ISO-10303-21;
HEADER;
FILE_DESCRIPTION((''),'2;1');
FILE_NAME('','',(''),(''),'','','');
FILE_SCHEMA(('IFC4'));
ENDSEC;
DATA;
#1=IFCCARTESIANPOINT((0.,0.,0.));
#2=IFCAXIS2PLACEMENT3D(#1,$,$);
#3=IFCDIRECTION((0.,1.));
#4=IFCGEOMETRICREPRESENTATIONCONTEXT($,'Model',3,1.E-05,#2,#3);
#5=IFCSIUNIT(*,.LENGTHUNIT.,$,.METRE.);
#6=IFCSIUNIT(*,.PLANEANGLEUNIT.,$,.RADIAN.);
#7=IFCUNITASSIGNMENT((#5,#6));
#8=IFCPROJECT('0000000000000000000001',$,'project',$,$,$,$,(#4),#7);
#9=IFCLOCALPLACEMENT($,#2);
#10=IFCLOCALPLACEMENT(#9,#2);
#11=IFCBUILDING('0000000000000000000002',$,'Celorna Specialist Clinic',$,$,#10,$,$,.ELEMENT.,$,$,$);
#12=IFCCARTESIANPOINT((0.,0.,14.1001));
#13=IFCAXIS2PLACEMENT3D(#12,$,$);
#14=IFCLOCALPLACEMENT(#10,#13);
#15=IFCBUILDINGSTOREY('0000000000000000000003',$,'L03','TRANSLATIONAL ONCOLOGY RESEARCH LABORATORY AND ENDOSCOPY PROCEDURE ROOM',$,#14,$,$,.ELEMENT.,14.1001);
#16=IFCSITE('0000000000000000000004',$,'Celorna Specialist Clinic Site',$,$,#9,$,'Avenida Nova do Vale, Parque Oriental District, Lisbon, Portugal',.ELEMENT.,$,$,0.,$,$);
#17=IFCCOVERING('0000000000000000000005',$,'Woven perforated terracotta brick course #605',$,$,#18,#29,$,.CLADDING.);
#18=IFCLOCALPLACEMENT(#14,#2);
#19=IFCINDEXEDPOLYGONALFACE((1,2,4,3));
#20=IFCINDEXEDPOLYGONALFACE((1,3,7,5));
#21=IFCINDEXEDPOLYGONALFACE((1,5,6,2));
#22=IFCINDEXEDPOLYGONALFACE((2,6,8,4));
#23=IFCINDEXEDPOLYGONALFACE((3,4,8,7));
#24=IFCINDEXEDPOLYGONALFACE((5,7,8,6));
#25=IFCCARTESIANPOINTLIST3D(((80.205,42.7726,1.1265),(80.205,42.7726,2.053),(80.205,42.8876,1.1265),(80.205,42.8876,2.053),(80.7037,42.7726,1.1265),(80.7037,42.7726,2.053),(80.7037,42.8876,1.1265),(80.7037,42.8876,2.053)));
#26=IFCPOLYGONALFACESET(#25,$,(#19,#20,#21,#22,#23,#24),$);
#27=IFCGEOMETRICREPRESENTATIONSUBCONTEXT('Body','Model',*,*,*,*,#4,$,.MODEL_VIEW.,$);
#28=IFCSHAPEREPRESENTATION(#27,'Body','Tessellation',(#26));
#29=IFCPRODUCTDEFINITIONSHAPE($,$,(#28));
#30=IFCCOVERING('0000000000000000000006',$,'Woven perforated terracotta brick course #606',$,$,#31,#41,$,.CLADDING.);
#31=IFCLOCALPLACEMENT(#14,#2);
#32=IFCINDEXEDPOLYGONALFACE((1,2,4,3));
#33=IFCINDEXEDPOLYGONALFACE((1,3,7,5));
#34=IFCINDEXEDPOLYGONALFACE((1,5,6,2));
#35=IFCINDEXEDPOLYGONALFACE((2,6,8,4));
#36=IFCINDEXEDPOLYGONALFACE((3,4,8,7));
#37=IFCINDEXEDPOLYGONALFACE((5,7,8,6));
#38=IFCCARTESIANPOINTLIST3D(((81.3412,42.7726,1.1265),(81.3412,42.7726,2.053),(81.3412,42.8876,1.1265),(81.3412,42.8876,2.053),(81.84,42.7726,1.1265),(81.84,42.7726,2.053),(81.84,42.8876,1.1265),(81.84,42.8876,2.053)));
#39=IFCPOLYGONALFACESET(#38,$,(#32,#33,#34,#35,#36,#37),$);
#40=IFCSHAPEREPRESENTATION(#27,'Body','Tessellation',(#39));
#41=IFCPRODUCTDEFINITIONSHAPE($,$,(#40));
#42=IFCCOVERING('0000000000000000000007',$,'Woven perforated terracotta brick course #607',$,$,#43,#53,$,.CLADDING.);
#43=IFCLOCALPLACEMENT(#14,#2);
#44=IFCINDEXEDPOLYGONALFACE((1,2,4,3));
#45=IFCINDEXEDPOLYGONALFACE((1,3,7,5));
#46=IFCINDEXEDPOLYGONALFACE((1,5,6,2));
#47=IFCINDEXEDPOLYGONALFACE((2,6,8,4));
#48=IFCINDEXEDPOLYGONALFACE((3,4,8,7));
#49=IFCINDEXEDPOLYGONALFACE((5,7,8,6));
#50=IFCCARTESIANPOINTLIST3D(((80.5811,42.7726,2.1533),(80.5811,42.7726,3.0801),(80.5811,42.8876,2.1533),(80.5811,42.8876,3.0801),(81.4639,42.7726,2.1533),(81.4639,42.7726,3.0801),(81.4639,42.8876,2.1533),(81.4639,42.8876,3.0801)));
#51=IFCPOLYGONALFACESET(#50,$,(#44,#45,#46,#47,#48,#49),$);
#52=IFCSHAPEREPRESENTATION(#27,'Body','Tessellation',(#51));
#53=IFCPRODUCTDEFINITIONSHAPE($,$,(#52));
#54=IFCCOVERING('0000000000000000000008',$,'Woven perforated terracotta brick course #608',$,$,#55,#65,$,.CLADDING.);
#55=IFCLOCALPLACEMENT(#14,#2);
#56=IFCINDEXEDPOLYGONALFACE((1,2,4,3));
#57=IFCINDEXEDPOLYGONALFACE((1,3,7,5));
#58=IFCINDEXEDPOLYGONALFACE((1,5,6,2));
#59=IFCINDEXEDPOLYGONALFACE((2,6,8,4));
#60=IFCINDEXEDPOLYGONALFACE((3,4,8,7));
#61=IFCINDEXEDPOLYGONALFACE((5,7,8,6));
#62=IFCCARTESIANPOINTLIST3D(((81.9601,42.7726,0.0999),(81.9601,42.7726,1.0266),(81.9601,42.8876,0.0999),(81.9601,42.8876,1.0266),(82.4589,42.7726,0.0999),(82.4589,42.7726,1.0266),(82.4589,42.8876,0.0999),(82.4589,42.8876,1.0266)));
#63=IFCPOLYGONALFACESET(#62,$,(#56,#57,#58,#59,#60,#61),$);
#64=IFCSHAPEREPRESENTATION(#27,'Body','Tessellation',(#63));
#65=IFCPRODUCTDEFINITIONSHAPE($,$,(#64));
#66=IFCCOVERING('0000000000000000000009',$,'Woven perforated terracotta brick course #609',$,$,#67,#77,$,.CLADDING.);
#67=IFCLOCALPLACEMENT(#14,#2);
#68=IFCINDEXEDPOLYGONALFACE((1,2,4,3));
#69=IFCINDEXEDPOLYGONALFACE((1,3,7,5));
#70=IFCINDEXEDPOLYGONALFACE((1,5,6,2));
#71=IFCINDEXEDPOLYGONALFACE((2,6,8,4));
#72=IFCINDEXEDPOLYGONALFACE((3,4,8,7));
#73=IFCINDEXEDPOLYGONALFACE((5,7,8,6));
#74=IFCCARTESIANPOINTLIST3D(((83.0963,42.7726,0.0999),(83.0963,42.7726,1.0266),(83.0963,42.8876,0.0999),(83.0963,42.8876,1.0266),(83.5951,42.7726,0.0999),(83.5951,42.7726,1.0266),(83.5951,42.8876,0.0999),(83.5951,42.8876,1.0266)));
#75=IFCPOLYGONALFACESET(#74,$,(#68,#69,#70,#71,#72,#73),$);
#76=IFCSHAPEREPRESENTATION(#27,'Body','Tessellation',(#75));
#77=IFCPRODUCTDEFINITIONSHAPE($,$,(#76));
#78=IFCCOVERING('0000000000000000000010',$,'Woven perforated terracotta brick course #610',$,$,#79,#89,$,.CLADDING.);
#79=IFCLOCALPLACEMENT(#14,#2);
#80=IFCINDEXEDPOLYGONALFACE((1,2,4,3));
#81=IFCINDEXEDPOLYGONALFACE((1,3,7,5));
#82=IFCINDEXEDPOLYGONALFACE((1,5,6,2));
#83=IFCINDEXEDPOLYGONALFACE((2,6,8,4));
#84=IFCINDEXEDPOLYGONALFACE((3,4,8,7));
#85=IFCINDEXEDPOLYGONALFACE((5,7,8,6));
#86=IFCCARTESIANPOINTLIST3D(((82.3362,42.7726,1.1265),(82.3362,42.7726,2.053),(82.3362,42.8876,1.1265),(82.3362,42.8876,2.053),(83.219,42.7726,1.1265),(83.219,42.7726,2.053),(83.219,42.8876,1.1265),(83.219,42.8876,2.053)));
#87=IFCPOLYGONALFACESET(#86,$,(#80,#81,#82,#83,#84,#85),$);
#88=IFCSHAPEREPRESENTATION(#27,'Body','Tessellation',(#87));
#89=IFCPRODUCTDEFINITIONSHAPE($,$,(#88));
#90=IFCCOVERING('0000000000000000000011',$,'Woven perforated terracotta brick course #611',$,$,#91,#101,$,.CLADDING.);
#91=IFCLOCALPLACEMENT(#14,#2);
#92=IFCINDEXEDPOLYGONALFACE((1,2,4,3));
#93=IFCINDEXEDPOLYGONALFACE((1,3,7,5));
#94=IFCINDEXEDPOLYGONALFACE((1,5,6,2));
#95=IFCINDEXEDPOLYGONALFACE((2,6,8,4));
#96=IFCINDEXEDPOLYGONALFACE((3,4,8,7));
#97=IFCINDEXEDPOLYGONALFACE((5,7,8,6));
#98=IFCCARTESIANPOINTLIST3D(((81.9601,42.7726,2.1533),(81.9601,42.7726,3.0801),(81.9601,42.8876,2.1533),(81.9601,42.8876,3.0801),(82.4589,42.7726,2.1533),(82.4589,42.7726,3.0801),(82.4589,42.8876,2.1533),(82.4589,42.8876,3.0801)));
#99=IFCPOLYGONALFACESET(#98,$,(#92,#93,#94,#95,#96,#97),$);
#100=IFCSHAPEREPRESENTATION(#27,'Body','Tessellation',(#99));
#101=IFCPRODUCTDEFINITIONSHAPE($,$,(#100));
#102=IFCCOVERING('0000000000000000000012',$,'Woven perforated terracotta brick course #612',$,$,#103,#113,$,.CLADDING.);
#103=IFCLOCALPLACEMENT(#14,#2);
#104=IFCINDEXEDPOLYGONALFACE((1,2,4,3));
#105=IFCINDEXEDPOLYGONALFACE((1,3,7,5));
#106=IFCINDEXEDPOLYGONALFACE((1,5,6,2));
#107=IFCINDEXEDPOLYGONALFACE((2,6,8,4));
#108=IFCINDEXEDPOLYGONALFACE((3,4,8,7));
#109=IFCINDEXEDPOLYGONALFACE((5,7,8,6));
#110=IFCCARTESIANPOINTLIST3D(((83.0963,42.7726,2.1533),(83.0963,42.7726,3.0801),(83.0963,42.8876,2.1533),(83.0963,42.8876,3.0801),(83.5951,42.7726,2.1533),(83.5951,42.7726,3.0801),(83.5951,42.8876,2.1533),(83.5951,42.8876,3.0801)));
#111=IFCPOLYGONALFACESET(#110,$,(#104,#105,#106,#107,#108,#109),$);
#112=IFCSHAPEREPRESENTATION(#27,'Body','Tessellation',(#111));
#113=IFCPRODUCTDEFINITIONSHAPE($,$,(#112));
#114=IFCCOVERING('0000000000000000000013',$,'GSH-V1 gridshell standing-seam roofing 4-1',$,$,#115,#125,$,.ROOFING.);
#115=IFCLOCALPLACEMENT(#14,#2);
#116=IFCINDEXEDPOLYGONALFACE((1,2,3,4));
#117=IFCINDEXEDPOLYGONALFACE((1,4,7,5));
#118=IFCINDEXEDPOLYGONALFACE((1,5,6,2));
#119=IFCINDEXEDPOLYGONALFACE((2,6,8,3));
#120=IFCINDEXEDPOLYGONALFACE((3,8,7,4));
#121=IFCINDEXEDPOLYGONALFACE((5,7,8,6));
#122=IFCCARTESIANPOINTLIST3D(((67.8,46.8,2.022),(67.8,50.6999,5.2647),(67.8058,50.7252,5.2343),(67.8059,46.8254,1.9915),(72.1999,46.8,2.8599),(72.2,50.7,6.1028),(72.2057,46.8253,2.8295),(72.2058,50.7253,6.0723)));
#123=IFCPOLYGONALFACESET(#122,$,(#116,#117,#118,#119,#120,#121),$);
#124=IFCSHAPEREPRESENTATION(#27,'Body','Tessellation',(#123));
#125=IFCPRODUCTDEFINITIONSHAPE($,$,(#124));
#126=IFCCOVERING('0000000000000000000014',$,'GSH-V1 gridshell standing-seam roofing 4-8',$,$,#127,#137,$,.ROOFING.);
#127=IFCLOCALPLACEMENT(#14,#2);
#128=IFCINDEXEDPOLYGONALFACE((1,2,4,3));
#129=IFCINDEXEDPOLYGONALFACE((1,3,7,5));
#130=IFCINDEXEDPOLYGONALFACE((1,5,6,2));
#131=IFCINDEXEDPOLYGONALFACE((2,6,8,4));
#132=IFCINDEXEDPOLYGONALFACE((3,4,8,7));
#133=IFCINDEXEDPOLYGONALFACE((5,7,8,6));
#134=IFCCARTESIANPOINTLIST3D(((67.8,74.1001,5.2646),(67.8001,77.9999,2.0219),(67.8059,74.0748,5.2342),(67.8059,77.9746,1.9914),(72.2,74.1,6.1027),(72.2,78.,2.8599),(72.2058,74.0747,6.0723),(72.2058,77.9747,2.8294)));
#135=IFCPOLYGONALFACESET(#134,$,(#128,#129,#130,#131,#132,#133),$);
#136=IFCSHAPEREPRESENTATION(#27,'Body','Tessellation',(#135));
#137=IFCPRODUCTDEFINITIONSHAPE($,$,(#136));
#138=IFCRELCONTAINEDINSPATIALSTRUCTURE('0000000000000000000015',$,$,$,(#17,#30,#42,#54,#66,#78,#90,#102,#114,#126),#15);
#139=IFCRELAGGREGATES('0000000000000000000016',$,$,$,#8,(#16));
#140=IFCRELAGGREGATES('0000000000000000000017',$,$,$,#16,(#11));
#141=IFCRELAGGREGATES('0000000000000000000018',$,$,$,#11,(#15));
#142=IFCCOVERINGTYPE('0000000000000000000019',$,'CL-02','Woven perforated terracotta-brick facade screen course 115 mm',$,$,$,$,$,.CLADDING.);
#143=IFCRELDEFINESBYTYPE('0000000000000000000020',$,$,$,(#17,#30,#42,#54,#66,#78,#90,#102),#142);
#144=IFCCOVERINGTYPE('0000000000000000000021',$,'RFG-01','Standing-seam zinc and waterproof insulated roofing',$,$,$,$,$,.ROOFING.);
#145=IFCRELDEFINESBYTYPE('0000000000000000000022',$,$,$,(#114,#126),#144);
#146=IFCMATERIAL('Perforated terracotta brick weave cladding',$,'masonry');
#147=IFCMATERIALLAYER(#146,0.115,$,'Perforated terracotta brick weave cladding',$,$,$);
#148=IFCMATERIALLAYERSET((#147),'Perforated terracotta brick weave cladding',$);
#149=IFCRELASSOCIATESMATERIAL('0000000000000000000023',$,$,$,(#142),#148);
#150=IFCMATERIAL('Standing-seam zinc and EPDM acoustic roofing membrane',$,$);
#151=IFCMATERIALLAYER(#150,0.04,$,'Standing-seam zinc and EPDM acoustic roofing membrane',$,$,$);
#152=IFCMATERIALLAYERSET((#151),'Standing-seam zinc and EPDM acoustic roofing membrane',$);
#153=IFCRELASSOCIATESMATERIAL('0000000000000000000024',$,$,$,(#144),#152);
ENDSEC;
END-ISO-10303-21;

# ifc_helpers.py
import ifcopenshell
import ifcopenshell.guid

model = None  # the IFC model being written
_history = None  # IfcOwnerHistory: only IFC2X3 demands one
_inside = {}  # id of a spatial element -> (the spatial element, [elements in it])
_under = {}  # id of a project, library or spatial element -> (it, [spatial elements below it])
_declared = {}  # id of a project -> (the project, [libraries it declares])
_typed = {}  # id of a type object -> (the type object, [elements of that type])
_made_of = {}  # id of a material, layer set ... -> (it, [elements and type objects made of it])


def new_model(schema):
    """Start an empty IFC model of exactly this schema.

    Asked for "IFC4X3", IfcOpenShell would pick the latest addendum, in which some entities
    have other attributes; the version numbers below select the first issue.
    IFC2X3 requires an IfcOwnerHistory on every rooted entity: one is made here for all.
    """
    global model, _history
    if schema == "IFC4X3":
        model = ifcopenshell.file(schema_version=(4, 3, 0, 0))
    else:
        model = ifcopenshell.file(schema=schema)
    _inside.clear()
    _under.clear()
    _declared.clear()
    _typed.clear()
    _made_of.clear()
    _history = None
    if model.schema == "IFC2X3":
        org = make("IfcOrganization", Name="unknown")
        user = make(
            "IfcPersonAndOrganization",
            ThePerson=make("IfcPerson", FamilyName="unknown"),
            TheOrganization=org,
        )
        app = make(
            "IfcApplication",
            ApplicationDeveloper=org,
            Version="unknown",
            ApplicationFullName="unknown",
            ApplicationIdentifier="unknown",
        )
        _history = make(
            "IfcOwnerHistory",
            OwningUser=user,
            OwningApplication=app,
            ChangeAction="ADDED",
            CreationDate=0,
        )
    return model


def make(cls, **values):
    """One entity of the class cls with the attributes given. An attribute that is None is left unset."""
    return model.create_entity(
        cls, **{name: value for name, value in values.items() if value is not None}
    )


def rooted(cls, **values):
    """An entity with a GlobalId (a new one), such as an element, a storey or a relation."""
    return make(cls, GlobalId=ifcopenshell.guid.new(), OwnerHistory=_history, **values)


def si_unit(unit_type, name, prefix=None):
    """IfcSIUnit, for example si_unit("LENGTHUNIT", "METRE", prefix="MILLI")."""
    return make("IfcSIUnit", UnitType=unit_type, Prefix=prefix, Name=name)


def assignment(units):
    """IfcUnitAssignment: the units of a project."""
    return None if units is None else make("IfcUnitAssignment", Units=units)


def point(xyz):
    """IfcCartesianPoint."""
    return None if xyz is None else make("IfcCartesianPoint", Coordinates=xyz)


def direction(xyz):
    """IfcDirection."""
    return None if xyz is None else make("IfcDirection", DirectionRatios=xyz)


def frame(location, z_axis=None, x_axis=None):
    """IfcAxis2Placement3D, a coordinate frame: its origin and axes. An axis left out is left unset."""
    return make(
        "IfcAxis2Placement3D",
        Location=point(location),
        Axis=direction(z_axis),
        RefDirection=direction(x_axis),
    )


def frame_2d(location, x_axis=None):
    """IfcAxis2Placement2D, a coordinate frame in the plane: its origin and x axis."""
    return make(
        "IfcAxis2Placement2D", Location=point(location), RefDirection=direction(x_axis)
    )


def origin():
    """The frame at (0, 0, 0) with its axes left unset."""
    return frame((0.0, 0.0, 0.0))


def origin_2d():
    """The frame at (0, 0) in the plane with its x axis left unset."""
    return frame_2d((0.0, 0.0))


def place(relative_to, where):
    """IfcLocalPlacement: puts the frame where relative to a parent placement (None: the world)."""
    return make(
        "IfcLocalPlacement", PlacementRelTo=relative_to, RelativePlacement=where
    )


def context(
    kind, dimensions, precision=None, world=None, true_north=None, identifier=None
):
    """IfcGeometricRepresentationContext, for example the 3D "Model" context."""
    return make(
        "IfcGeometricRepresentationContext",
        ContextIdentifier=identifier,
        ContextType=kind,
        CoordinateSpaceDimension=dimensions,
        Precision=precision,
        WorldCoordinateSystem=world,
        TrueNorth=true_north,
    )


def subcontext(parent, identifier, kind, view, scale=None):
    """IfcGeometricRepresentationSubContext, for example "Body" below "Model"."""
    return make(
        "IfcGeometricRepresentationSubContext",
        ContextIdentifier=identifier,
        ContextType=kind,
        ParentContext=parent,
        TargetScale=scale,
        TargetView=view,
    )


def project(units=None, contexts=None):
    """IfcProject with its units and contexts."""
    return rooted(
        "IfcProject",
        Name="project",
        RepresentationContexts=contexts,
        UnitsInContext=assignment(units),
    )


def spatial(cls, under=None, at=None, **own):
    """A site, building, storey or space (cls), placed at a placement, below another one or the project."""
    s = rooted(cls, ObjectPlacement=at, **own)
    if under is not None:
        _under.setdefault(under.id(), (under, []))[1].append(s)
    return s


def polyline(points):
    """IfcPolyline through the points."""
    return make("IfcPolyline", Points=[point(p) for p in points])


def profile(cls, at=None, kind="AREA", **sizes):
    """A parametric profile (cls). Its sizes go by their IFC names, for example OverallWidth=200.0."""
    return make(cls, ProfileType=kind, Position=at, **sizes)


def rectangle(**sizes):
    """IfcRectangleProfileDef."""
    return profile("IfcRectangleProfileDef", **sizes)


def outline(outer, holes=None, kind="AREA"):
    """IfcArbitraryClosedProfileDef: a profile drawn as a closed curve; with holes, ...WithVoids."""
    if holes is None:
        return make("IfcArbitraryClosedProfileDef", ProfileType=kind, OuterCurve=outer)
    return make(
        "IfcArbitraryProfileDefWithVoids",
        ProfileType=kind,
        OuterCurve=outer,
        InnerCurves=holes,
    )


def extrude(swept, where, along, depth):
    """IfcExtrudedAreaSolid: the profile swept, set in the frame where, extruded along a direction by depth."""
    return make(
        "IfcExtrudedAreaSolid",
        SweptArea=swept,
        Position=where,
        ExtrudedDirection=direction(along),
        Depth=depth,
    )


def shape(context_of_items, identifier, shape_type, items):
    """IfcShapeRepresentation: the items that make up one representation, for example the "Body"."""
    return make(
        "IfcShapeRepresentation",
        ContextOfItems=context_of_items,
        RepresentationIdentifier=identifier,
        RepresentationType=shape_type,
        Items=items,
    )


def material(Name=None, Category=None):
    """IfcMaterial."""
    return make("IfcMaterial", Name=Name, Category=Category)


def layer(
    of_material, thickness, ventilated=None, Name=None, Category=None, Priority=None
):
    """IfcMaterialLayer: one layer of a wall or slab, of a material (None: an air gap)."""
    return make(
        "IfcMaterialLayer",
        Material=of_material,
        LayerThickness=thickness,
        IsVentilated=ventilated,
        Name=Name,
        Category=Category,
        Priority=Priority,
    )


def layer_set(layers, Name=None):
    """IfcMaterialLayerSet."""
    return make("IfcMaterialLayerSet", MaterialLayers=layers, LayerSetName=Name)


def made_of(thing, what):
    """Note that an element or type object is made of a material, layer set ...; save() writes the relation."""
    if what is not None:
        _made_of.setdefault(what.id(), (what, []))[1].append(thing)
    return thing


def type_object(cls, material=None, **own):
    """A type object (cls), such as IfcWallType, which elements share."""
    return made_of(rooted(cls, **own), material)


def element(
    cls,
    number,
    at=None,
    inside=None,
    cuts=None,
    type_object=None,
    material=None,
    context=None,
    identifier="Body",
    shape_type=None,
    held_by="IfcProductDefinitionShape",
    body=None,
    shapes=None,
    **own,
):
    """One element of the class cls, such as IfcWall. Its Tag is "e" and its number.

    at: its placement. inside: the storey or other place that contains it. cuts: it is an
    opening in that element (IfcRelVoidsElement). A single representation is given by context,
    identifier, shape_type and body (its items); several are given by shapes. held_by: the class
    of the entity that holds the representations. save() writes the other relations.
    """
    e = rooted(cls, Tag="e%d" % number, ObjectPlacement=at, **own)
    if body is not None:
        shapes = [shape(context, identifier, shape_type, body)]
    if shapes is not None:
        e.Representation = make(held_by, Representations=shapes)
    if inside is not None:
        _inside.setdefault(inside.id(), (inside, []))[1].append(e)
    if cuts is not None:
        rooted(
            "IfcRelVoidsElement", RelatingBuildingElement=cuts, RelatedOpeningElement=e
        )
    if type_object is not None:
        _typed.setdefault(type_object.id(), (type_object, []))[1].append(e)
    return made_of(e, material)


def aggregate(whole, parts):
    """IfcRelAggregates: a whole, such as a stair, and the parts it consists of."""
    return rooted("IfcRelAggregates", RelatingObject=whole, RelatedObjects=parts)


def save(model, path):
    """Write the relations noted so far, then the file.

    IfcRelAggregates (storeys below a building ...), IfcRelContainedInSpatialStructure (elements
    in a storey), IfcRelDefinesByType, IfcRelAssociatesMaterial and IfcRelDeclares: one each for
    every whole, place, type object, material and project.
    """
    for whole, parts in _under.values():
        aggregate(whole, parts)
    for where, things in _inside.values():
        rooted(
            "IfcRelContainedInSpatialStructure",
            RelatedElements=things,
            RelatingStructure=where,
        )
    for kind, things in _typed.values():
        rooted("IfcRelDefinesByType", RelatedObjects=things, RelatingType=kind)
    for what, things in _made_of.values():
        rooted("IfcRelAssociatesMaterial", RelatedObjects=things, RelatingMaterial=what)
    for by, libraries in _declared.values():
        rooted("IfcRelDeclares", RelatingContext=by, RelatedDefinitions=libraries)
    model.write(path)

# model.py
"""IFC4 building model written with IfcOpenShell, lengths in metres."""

from ifc_helpers import new_model, si_unit, direction, frame, origin, origin_2d, place, context, subcontext, project, spatial, polyline, rectangle, outline, extrude, material, layer, layer_set, type_object, element, save


model = new_model("IFC4")

# Units and contexts
model_context = context("Model", 3, precision=1e-05, world=origin(), true_north=direction((0.0, 1.0)))
body_context = subcontext(model_context, "Body", "Model", "MODEL_VIEW")
ifc_project = project(units=[si_unit("LENGTHUNIT", "METRE"), si_unit("PLANEANGLEUNIT", "RADIAN")], contexts=[model_context])

# Site, building, storey
site_placement = place(None, origin())
site = spatial("IfcSite", under=ifc_project, at=site_placement, Name="Celorna Specialist Clinic Site", LongName="Avenida Nova do Vale, Parque Oriental District, Lisbon, Portugal", CompositionType="ELEMENT", RefElevation=0.0)
building_placement = place(site_placement, origin())
building = spatial("IfcBuilding", under=site, at=building_placement, Name="Celorna Specialist Clinic", CompositionType="ELEMENT")
storey_placement = place(building_placement, frame((0.0, 0.0, 14.1001)))
storey = spatial("IfcBuildingStorey", under=building, at=storey_placement, Name="L03", Description="TRANSLATIONAL ONCOLOGY RESEARCH LABORATORY AND ENDOSCOPY PROCEDURE ROOM", CompositionType="ELEMENT", Elevation=14.1001)

# Coverings
ifc_material_1 = material(Name="Perforated terracotta brick weave cladding", Category="masonry")
ifc_layer_1 = layer(ifc_material_1, 0.115, Name="Perforated terracotta brick weave cladding")
ifc_layer_set_1 = layer_set([ifc_layer_1], Name="Perforated terracotta brick weave cladding")
covering_type_1 = type_object("IfcCoveringType", Name="CL-02", Description="Woven perforated terracotta-brick facade screen course 115 mm", PredefinedType="CLADDING", material=ifc_layer_set_1)
for number, where, z_axis, x_axis, name in (
    (1, (80.4543, 42.8301, 1.1265), (0.0, 0.0, 1.0), (1.0, 0.0, 0.0), "Woven perforated terracotta brick course #605"),
    (2, (81.5906, 42.8301, 1.1265), (0.0, 0.0, 1.0), (1.0, 0.0, 0.0), "Woven perforated terracotta brick course #606"),
):
    element("IfcCovering", number, at=place(storey_placement, frame(where, z_axis=z_axis, x_axis=x_axis)), inside=storey, type_object=covering_type_1, Name=name, PredefinedType="CLADDING", context=body_context, shape_type="SweptSolid", body=[
        extrude(rectangle(XDim=0.4988, YDim=0.115, at=origin_2d()), origin(), (0.0, 0.0, 1.0), 0.9265),
    ])
covering_1_placement = place(storey_placement, frame((81.0225, 42.8301, 2.1533), z_axis=(0.0, 0.0, 1.0), x_axis=(1.0, 0.0, 0.0)))
element("IfcCovering", 3, at=covering_1_placement, inside=storey, type_object=covering_type_1, Name="Woven perforated terracotta brick course #607", PredefinedType="CLADDING", context=body_context, shape_type="SweptSolid", body=[
    extrude(rectangle(XDim=0.8828, YDim=0.115, at=origin_2d()), origin(), (0.0, 0.0, 1.0), 0.9268),
])
for number, where, z_axis, x_axis, name in (
    (4, (82.2095, 42.8301, 0.0999), (0.0, 0.0, 1.0), (1.0, 0.0, 0.0), "Woven perforated terracotta brick course #608"),
    (5, (83.3457, 42.8301, 0.0999), (0.0, 0.0, 1.0), (1.0, 0.0, 0.0), "Woven perforated terracotta brick course #609"),
):
    element("IfcCovering", number, at=place(storey_placement, frame(where, z_axis=z_axis, x_axis=x_axis)), inside=storey, type_object=covering_type_1, Name=name, PredefinedType="CLADDING", context=body_context, shape_type="SweptSolid", body=[
        extrude(rectangle(XDim=0.4988, YDim=0.115, at=origin_2d()), origin(), (0.0, 0.0, 1.0), 0.9268),
    ])
covering_2_placement = place(storey_placement, frame((82.7776, 42.8301, 1.1265), z_axis=(0.0, 0.0, 1.0), x_axis=(1.0, 0.0, 0.0)))
element("IfcCovering", 6, at=covering_2_placement, inside=storey, type_object=covering_type_1, Name="Woven perforated terracotta brick course #610", PredefinedType="CLADDING", context=body_context, shape_type="SweptSolid", body=[
    extrude(rectangle(XDim=0.8828, YDim=0.115, at=origin_2d()), origin(), (0.0, 0.0, 1.0), 0.9265),
])
for number, where, z_axis, x_axis, name in (
    (7, (82.2095, 42.8301, 2.1533), (0.0, 0.0, 1.0), (1.0, 0.0, 0.0), "Woven perforated terracotta brick course #611"),
    (8, (83.3457, 42.8301, 2.1533), (0.0, 0.0, 1.0), (1.0, 0.0, 0.0), "Woven perforated terracotta brick course #612"),
):
    element("IfcCovering", number, at=place(storey_placement, frame(where, z_axis=z_axis, x_axis=x_axis)), inside=storey, type_object=covering_type_1, Name=name, PredefinedType="CLADDING", context=body_context, shape_type="SweptSolid", body=[
        extrude(rectangle(XDim=0.4988, YDim=0.115, at=origin_2d()), origin(), (0.0, 0.0, 1.0), 0.9268),
    ])
ifc_material_2 = material(Name="Standing-seam zinc and EPDM acoustic roofing membrane")
ifc_layer_2 = layer(ifc_material_2, 0.04, Name="Standing-seam zinc and EPDM acoustic roofing membrane")
ifc_layer_set_2 = layer_set([ifc_layer_2], Name="Standing-seam zinc and EPDM acoustic roofing membrane")
covering_type_2 = type_object("IfcCoveringType", Name="RFG-01", Description="Standing-seam zinc and waterproof insulated roofing", PredefinedType="ROOFING", material=ifc_layer_set_2)
covering_3_placement = place(storey_placement, frame((67.8, 46.8, 2.022), z_axis=(-0.144902, -0.632608, 0.760796), x_axis=(0.982343, -0.000013, 0.187088)))
element("IfcCovering", 9, at=covering_3_placement, inside=storey, type_object=covering_type_2, Name="GSH-V1 gridshell standing-seam roofing 4-1", PredefinedType="ROOFING", context=body_context, shape_type="SweptSolid", body=[
    extrude(outline(polyline([(0.0, 0.0), (4.479, 0.0), (5.0856, 5.0356), (0.6066, 5.0355), (0.0, 0.0)])), origin(), (0.0, 0.0, -1.0), 0.04),
])
covering_4_placement = place(storey_placement, frame((67.8, 74.1001, 5.2646), z_axis=(-0.144902, 0.632608, 0.760796), x_axis=(0.982339, -0.000013, 0.187109)))
element("IfcCovering", 10, at=covering_4_placement, inside=storey, type_object=covering_type_2, Name="GSH-V1 gridshell standing-seam roofing 4-8", PredefinedType="ROOFING", context=body_context, shape_type="SweptSolid", body=[
    extrude(outline(polyline([(0.0, 0.0), (4.479, 0.0), (3.8722, 5.0356), (-0.6068, 5.0355), (0.0, 0.0)])), origin(), (0.0, 0.0, -1.0), 0.04),
])

save(model, "model.ifc")
